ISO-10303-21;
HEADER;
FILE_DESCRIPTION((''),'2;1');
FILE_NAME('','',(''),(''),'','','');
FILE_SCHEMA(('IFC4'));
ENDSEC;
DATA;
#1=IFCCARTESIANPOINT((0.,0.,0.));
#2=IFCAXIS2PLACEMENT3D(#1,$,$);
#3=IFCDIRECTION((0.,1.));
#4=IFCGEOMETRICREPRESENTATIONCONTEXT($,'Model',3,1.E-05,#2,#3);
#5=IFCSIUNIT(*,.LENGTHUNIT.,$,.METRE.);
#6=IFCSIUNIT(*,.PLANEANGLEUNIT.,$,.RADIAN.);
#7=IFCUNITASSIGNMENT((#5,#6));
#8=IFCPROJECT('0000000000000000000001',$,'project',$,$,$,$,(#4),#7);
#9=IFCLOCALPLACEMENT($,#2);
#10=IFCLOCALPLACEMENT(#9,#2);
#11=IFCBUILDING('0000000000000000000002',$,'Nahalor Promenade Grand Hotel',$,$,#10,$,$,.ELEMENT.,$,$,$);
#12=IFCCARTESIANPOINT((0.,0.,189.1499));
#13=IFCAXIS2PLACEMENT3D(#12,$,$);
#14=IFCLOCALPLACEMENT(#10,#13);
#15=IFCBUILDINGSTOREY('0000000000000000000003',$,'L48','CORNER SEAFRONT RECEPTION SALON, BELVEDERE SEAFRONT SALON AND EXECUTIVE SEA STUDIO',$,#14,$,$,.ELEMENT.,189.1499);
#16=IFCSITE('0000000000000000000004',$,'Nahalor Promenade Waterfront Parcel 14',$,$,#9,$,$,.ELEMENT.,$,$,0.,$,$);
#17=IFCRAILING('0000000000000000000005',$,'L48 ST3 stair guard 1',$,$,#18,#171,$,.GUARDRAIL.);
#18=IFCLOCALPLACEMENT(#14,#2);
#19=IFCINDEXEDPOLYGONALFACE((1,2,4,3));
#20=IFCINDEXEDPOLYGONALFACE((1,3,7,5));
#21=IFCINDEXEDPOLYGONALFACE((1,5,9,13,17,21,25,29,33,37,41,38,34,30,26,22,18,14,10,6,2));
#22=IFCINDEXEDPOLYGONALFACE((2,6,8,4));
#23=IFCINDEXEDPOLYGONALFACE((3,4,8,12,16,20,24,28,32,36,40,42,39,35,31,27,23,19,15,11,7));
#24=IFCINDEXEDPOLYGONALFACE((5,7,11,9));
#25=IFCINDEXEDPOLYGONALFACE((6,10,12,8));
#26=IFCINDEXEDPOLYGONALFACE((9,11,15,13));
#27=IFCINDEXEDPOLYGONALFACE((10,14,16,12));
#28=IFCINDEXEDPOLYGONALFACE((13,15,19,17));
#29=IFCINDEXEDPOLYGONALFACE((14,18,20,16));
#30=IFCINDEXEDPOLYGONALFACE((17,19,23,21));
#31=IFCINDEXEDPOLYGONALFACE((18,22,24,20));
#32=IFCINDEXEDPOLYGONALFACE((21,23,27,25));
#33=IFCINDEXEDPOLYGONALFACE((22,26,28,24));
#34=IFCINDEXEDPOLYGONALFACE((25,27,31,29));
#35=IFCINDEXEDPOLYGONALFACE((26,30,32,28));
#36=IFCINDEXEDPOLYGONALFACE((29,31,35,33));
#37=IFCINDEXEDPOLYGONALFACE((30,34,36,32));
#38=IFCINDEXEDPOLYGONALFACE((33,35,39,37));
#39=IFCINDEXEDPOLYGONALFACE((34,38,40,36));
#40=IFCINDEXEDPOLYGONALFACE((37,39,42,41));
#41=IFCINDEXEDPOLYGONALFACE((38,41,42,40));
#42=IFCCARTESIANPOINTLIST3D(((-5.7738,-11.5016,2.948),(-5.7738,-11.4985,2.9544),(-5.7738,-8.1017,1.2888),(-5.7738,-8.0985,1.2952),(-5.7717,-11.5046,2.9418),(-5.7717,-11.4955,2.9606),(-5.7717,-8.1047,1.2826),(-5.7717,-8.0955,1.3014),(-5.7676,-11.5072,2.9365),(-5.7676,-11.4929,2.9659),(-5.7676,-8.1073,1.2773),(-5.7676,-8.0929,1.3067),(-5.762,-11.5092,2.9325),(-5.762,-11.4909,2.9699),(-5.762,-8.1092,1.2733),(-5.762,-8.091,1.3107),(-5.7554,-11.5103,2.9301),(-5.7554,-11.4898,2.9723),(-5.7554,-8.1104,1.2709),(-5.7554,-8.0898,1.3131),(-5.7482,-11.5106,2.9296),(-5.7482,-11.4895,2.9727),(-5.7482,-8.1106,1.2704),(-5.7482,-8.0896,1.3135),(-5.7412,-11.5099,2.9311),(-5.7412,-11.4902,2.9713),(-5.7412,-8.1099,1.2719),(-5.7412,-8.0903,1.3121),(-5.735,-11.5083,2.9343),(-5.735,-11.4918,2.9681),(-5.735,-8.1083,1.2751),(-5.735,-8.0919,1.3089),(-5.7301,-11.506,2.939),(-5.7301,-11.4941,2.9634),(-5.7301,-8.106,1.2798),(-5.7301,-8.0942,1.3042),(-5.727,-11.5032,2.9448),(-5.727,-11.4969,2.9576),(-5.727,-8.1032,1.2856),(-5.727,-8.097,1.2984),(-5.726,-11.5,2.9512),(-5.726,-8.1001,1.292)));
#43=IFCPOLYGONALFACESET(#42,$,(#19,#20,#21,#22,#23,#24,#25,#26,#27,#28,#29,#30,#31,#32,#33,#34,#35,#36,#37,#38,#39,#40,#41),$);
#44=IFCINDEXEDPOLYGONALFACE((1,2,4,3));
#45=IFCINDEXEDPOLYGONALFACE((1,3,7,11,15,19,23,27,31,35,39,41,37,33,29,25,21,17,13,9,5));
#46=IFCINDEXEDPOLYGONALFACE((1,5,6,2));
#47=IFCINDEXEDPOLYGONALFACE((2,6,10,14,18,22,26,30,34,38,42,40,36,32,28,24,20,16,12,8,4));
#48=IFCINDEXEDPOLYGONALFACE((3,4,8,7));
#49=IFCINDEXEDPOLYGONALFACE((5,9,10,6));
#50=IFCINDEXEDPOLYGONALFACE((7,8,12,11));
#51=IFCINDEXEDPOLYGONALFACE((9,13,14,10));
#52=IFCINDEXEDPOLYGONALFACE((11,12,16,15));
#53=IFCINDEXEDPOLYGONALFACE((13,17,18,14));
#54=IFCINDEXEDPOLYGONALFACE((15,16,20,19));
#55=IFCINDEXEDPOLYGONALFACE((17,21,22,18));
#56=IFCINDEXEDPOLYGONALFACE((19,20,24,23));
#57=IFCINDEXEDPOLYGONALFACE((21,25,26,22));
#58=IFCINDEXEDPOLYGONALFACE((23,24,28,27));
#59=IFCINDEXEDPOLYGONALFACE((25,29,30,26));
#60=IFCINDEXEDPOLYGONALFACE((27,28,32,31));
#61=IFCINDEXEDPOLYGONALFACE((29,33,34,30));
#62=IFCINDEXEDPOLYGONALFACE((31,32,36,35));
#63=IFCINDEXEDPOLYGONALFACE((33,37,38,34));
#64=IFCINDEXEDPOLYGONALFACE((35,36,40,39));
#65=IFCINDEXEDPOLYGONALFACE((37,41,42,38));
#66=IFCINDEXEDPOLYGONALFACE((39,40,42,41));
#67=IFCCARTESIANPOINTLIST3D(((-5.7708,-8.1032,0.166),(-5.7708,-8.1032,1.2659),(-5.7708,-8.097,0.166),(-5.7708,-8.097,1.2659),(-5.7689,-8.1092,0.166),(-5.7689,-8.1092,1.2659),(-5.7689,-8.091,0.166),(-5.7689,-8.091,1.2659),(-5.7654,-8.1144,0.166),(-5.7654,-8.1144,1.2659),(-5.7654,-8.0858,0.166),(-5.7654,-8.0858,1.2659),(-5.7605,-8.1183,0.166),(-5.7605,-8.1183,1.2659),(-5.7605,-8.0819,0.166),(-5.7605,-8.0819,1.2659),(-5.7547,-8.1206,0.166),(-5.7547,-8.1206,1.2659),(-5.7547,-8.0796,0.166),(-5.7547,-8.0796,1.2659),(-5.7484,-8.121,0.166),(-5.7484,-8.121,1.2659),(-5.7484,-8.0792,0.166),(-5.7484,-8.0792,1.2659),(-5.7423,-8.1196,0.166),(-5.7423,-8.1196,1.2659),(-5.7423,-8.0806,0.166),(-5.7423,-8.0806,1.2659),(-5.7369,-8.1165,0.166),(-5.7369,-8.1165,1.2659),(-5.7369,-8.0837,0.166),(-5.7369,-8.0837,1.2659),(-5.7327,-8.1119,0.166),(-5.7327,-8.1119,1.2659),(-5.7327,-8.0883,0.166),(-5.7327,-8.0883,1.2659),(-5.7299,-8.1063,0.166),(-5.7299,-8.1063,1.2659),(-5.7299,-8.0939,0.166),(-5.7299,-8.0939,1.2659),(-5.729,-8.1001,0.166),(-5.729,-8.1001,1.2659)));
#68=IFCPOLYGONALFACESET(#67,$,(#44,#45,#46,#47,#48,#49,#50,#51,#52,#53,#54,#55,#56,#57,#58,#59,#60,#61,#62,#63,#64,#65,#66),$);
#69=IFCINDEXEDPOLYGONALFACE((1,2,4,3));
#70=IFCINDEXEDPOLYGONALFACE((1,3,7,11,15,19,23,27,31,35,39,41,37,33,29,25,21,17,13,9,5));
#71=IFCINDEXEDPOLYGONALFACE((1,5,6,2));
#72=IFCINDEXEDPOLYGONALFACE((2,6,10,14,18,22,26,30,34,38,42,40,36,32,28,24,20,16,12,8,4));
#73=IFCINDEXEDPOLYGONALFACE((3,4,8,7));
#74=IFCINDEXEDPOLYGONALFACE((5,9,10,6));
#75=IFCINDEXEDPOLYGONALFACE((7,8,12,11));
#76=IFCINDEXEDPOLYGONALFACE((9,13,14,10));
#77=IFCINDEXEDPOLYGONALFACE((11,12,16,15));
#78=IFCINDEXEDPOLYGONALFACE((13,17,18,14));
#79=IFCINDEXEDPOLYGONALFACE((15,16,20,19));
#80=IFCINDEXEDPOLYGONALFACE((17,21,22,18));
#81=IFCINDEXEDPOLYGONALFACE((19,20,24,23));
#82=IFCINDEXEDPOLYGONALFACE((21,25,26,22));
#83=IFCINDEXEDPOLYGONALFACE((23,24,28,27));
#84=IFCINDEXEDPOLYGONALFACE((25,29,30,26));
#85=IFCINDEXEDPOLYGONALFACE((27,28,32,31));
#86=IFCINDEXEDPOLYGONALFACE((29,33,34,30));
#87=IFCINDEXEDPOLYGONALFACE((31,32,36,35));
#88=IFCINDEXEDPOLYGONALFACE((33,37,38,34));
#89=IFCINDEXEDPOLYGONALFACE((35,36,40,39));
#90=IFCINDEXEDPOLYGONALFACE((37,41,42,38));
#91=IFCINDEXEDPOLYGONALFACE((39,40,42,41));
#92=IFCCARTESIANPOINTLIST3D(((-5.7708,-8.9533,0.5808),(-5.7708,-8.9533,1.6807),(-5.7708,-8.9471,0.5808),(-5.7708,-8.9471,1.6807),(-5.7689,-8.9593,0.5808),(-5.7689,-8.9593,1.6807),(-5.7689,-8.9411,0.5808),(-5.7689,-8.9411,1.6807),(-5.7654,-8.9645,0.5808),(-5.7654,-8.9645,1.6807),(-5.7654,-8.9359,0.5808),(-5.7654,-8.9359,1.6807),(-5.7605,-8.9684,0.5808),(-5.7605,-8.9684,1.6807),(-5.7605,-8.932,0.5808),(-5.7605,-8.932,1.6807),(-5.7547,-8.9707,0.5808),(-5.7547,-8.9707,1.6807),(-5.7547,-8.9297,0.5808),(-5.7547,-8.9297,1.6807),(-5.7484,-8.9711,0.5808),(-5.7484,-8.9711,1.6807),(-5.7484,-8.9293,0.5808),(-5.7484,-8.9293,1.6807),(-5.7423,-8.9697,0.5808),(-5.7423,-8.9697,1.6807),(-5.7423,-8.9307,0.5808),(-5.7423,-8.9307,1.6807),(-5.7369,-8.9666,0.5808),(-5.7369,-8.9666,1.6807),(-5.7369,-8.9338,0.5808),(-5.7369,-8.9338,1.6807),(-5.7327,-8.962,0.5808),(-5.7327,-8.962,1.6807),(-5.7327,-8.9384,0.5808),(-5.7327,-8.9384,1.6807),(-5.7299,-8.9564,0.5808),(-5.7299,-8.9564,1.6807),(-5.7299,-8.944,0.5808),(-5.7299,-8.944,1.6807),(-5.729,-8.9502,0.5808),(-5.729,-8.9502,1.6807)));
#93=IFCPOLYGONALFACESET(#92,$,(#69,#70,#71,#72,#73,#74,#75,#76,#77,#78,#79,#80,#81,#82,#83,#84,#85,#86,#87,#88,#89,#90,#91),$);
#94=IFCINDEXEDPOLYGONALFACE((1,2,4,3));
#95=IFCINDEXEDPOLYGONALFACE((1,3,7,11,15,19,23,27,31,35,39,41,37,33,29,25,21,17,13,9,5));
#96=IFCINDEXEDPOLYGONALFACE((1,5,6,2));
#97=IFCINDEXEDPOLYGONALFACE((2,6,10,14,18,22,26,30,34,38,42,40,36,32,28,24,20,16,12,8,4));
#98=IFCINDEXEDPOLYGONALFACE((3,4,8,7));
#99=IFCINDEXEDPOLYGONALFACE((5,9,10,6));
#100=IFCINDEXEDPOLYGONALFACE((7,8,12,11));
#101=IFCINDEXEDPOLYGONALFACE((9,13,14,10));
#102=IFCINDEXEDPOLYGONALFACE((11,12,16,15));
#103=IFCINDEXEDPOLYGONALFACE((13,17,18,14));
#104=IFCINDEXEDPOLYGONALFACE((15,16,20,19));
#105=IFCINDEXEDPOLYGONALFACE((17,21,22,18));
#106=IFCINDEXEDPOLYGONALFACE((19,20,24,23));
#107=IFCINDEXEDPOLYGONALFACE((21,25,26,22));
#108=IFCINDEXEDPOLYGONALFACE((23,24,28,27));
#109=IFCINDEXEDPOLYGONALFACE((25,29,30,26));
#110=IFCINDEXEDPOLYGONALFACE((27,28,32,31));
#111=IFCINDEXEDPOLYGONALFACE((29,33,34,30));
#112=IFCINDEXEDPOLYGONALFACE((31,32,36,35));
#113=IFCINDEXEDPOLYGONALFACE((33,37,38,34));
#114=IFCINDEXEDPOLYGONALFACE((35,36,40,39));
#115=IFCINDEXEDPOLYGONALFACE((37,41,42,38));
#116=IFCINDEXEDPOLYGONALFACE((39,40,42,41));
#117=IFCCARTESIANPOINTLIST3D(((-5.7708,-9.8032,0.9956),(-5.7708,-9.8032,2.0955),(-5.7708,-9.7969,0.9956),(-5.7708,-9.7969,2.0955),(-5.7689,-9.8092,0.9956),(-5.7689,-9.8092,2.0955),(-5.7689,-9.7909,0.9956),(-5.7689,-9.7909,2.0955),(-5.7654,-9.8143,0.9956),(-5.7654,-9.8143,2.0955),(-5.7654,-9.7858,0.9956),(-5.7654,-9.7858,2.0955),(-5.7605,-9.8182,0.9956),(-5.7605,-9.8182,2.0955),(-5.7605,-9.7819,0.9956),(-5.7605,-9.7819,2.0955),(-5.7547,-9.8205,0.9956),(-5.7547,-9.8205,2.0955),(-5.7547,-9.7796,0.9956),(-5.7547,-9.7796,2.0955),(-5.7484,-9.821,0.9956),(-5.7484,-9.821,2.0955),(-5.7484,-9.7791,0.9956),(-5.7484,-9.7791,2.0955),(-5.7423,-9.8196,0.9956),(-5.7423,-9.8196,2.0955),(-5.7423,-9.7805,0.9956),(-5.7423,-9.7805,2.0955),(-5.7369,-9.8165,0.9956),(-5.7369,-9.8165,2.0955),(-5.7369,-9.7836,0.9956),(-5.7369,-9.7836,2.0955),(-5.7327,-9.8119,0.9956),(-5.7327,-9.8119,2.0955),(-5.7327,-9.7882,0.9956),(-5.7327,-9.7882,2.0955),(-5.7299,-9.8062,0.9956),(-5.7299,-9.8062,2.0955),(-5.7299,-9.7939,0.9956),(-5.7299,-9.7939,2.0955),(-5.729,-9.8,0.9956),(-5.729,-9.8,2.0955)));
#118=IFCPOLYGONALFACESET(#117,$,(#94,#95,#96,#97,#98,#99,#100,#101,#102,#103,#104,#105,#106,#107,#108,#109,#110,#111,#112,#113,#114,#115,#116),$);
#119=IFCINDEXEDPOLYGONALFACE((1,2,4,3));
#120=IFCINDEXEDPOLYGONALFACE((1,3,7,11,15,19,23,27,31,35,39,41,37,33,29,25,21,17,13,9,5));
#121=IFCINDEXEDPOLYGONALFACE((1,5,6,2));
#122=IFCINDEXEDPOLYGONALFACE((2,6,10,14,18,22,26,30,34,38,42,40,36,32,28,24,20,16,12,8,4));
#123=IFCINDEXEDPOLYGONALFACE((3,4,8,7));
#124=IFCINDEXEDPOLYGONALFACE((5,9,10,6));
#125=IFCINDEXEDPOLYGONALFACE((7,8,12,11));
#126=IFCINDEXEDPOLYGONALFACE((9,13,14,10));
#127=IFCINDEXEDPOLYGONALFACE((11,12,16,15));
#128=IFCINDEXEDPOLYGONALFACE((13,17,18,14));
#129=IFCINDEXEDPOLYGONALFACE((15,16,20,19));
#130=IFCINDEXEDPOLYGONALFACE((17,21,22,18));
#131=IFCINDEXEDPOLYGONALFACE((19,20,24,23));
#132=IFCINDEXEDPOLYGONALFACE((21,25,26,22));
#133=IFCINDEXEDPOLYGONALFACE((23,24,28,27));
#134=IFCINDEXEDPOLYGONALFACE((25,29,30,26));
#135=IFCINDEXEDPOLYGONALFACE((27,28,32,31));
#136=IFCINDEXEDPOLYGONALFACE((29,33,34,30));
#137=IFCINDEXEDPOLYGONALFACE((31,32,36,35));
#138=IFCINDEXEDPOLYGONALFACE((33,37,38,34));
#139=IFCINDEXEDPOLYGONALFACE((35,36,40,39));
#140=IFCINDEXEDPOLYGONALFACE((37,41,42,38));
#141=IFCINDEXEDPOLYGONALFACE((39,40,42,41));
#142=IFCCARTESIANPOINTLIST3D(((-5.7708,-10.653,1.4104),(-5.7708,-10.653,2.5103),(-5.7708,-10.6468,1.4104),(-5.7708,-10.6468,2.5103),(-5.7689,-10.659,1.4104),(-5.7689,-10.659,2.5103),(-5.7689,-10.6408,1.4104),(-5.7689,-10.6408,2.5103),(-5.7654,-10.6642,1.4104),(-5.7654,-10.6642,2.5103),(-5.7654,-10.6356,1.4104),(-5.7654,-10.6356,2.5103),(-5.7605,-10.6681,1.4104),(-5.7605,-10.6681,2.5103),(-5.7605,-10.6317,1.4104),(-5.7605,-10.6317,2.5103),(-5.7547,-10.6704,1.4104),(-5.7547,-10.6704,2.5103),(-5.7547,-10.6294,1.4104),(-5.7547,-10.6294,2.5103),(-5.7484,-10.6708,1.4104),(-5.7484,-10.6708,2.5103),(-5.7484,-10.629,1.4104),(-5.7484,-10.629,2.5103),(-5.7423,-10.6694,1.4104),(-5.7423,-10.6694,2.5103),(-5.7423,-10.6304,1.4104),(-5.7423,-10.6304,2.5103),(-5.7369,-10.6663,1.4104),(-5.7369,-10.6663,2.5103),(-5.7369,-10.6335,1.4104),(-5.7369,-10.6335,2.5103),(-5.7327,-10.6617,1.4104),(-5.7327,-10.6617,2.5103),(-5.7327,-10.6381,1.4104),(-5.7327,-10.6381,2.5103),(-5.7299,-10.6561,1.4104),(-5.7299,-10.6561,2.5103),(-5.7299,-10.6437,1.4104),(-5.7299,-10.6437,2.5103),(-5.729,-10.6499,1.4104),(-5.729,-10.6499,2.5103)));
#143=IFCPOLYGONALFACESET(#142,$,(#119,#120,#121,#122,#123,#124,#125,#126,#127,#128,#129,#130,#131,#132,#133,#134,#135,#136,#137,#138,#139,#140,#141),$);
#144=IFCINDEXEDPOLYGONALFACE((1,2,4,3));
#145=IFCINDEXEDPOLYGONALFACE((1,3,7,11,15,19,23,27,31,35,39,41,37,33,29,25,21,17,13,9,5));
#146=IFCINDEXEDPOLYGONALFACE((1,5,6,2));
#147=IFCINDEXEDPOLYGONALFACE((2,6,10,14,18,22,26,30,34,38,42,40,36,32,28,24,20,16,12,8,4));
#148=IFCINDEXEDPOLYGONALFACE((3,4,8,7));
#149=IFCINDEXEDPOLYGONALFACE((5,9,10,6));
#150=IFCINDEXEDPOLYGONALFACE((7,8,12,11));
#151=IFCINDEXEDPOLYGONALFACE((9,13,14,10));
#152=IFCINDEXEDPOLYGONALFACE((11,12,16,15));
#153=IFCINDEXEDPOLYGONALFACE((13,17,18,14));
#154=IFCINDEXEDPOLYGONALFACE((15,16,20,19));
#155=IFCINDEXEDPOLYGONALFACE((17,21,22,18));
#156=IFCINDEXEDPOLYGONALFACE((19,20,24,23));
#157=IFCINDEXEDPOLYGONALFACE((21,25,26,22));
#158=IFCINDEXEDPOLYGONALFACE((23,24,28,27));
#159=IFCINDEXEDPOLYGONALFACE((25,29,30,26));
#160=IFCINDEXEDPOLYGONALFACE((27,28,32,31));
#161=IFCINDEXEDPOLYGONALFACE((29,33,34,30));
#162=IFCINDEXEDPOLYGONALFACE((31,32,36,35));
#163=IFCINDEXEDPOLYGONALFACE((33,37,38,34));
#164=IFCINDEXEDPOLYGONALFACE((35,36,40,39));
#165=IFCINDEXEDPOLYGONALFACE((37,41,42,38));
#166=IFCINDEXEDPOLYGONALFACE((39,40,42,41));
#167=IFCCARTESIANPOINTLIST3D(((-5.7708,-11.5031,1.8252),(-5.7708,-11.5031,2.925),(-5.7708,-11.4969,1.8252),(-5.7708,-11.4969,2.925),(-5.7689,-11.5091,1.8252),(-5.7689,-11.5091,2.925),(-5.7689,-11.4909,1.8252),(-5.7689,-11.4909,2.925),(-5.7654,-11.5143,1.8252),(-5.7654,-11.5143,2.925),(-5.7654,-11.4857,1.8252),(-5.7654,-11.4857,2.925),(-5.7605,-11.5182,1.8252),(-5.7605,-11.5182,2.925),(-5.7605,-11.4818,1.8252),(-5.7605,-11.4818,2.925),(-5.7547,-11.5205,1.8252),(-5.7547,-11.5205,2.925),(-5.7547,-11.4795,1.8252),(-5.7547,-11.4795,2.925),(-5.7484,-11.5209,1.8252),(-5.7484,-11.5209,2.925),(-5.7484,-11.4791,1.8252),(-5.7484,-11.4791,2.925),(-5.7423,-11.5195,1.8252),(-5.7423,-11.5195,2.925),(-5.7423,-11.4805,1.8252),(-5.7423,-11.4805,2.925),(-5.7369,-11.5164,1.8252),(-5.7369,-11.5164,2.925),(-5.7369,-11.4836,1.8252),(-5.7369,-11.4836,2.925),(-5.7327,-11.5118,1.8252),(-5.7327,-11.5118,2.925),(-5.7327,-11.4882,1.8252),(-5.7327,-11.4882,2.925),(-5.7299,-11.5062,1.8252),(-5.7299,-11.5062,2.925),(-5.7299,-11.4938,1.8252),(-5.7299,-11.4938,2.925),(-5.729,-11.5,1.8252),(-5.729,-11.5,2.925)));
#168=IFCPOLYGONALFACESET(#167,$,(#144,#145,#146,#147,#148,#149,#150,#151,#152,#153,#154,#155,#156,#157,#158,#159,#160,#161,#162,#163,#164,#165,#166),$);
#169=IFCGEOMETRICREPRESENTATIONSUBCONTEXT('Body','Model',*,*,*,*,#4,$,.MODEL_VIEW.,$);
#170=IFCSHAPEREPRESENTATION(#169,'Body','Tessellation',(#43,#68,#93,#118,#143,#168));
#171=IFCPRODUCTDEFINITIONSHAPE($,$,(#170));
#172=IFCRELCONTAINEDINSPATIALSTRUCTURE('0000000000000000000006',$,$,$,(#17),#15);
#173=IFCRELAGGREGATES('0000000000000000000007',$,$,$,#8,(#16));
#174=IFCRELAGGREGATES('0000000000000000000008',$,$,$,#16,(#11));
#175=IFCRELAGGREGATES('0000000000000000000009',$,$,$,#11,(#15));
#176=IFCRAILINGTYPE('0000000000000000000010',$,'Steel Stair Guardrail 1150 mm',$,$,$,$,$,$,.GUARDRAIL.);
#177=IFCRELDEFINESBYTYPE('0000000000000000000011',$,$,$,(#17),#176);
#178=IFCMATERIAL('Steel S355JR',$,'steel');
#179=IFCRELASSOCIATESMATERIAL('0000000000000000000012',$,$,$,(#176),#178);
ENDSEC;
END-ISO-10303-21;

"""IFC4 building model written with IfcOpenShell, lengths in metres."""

from ifc_helpers import new_model, si_unit, direction, frame, origin, origin_2d, place, context, subcontext, project, spatial, circle, extrude, material, type_object, element, save


model = new_model("IFC4")

# Units and contexts
model_context = context("Model", 3, precision=1e-05, world=origin(), true_north=direction((0.0, 1.0)))
body_context = subcontext(model_context, "Body", "Model", "MODEL_VIEW")
ifc_project = project(units=[si_unit("LENGTHUNIT", "METRE"), si_unit("PLANEANGLEUNIT", "RADIAN")], contexts=[model_context])

# Site, building, storey
site_placement = place(None, origin())
site = spatial("IfcSite", under=ifc_project, at=site_placement, Name="Nahalor Promenade Waterfront Parcel 14", CompositionType="ELEMENT", RefElevation=0.0)
building_placement = place(site_placement, origin())
building = spatial("IfcBuilding", under=site, at=building_placement, Name="Nahalor Promenade Grand Hotel", CompositionType="ELEMENT")
storey_placement = place(building_placement, frame((0.0, 0.0, 189.1499)))
storey = spatial("IfcBuildingStorey", under=building, at=storey_placement, Name="L48", Description="CORNER SEAFRONT RECEPTION SALON, BELVEDERE SEAFRONT SALON AND EXECUTIVE SEA STUDIO", CompositionType="ELEMENT", Elevation=189.1499)

# Shared definitions
ifc_material_1 = material(Name="Steel S355JR", Category="steel")

# Railing
railing_type_1 = type_object("IfcRailingType", Name="Steel Stair Guardrail 1150 mm", PredefinedType="GUARDRAIL", material=ifc_material_1)
for number, where, name in (
    (1, (-5.75, -8.1001, 0.166), "L48 ST3 stair guard 1"),
):
    element("IfcRailing", number, at=place(storey_placement, frame(where)), inside=storey, type_object=railing_type_1, Name=name, PredefinedType="GUARDRAIL", context=body_context, shape_type="SweptSolid", body=[
        extrude(circle(Radius=0.024, at=origin_2d()), frame((0.0, 0.0, 1.126), z_axis=(0.0, -0.898696, 0.438571), x_axis=(1.0, 0.0, 0.0)), (0.0, 0.0, 1.0), 3.7832),
        extrude(circle(Radius=0.021, at=origin_2d()), origin(), (0.0, 0.0, 1.0), 1.0999),
        extrude(circle(Radius=0.021, at=origin_2d()), frame((0.0, -0.8501, 0.4148)), (0.0, 0.0, 1.0), 1.0999),
        extrude(circle(Radius=0.021, at=origin_2d()), frame((0.0, -1.7, 0.8296)), (0.0, 0.0, 1.0), 1.0999),
        extrude(circle(Radius=0.021, at=origin_2d()), frame((0.0, -2.5498, 1.2444)), (0.0, 0.0, 1.0), 1.0999),
        extrude(circle(Radius=0.021, at=origin_2d()), frame((0.0, -3.3999, 1.6592)), (0.0, 0.0, 1.0), 1.0999),
    ])

save(model, "model.ifc")
